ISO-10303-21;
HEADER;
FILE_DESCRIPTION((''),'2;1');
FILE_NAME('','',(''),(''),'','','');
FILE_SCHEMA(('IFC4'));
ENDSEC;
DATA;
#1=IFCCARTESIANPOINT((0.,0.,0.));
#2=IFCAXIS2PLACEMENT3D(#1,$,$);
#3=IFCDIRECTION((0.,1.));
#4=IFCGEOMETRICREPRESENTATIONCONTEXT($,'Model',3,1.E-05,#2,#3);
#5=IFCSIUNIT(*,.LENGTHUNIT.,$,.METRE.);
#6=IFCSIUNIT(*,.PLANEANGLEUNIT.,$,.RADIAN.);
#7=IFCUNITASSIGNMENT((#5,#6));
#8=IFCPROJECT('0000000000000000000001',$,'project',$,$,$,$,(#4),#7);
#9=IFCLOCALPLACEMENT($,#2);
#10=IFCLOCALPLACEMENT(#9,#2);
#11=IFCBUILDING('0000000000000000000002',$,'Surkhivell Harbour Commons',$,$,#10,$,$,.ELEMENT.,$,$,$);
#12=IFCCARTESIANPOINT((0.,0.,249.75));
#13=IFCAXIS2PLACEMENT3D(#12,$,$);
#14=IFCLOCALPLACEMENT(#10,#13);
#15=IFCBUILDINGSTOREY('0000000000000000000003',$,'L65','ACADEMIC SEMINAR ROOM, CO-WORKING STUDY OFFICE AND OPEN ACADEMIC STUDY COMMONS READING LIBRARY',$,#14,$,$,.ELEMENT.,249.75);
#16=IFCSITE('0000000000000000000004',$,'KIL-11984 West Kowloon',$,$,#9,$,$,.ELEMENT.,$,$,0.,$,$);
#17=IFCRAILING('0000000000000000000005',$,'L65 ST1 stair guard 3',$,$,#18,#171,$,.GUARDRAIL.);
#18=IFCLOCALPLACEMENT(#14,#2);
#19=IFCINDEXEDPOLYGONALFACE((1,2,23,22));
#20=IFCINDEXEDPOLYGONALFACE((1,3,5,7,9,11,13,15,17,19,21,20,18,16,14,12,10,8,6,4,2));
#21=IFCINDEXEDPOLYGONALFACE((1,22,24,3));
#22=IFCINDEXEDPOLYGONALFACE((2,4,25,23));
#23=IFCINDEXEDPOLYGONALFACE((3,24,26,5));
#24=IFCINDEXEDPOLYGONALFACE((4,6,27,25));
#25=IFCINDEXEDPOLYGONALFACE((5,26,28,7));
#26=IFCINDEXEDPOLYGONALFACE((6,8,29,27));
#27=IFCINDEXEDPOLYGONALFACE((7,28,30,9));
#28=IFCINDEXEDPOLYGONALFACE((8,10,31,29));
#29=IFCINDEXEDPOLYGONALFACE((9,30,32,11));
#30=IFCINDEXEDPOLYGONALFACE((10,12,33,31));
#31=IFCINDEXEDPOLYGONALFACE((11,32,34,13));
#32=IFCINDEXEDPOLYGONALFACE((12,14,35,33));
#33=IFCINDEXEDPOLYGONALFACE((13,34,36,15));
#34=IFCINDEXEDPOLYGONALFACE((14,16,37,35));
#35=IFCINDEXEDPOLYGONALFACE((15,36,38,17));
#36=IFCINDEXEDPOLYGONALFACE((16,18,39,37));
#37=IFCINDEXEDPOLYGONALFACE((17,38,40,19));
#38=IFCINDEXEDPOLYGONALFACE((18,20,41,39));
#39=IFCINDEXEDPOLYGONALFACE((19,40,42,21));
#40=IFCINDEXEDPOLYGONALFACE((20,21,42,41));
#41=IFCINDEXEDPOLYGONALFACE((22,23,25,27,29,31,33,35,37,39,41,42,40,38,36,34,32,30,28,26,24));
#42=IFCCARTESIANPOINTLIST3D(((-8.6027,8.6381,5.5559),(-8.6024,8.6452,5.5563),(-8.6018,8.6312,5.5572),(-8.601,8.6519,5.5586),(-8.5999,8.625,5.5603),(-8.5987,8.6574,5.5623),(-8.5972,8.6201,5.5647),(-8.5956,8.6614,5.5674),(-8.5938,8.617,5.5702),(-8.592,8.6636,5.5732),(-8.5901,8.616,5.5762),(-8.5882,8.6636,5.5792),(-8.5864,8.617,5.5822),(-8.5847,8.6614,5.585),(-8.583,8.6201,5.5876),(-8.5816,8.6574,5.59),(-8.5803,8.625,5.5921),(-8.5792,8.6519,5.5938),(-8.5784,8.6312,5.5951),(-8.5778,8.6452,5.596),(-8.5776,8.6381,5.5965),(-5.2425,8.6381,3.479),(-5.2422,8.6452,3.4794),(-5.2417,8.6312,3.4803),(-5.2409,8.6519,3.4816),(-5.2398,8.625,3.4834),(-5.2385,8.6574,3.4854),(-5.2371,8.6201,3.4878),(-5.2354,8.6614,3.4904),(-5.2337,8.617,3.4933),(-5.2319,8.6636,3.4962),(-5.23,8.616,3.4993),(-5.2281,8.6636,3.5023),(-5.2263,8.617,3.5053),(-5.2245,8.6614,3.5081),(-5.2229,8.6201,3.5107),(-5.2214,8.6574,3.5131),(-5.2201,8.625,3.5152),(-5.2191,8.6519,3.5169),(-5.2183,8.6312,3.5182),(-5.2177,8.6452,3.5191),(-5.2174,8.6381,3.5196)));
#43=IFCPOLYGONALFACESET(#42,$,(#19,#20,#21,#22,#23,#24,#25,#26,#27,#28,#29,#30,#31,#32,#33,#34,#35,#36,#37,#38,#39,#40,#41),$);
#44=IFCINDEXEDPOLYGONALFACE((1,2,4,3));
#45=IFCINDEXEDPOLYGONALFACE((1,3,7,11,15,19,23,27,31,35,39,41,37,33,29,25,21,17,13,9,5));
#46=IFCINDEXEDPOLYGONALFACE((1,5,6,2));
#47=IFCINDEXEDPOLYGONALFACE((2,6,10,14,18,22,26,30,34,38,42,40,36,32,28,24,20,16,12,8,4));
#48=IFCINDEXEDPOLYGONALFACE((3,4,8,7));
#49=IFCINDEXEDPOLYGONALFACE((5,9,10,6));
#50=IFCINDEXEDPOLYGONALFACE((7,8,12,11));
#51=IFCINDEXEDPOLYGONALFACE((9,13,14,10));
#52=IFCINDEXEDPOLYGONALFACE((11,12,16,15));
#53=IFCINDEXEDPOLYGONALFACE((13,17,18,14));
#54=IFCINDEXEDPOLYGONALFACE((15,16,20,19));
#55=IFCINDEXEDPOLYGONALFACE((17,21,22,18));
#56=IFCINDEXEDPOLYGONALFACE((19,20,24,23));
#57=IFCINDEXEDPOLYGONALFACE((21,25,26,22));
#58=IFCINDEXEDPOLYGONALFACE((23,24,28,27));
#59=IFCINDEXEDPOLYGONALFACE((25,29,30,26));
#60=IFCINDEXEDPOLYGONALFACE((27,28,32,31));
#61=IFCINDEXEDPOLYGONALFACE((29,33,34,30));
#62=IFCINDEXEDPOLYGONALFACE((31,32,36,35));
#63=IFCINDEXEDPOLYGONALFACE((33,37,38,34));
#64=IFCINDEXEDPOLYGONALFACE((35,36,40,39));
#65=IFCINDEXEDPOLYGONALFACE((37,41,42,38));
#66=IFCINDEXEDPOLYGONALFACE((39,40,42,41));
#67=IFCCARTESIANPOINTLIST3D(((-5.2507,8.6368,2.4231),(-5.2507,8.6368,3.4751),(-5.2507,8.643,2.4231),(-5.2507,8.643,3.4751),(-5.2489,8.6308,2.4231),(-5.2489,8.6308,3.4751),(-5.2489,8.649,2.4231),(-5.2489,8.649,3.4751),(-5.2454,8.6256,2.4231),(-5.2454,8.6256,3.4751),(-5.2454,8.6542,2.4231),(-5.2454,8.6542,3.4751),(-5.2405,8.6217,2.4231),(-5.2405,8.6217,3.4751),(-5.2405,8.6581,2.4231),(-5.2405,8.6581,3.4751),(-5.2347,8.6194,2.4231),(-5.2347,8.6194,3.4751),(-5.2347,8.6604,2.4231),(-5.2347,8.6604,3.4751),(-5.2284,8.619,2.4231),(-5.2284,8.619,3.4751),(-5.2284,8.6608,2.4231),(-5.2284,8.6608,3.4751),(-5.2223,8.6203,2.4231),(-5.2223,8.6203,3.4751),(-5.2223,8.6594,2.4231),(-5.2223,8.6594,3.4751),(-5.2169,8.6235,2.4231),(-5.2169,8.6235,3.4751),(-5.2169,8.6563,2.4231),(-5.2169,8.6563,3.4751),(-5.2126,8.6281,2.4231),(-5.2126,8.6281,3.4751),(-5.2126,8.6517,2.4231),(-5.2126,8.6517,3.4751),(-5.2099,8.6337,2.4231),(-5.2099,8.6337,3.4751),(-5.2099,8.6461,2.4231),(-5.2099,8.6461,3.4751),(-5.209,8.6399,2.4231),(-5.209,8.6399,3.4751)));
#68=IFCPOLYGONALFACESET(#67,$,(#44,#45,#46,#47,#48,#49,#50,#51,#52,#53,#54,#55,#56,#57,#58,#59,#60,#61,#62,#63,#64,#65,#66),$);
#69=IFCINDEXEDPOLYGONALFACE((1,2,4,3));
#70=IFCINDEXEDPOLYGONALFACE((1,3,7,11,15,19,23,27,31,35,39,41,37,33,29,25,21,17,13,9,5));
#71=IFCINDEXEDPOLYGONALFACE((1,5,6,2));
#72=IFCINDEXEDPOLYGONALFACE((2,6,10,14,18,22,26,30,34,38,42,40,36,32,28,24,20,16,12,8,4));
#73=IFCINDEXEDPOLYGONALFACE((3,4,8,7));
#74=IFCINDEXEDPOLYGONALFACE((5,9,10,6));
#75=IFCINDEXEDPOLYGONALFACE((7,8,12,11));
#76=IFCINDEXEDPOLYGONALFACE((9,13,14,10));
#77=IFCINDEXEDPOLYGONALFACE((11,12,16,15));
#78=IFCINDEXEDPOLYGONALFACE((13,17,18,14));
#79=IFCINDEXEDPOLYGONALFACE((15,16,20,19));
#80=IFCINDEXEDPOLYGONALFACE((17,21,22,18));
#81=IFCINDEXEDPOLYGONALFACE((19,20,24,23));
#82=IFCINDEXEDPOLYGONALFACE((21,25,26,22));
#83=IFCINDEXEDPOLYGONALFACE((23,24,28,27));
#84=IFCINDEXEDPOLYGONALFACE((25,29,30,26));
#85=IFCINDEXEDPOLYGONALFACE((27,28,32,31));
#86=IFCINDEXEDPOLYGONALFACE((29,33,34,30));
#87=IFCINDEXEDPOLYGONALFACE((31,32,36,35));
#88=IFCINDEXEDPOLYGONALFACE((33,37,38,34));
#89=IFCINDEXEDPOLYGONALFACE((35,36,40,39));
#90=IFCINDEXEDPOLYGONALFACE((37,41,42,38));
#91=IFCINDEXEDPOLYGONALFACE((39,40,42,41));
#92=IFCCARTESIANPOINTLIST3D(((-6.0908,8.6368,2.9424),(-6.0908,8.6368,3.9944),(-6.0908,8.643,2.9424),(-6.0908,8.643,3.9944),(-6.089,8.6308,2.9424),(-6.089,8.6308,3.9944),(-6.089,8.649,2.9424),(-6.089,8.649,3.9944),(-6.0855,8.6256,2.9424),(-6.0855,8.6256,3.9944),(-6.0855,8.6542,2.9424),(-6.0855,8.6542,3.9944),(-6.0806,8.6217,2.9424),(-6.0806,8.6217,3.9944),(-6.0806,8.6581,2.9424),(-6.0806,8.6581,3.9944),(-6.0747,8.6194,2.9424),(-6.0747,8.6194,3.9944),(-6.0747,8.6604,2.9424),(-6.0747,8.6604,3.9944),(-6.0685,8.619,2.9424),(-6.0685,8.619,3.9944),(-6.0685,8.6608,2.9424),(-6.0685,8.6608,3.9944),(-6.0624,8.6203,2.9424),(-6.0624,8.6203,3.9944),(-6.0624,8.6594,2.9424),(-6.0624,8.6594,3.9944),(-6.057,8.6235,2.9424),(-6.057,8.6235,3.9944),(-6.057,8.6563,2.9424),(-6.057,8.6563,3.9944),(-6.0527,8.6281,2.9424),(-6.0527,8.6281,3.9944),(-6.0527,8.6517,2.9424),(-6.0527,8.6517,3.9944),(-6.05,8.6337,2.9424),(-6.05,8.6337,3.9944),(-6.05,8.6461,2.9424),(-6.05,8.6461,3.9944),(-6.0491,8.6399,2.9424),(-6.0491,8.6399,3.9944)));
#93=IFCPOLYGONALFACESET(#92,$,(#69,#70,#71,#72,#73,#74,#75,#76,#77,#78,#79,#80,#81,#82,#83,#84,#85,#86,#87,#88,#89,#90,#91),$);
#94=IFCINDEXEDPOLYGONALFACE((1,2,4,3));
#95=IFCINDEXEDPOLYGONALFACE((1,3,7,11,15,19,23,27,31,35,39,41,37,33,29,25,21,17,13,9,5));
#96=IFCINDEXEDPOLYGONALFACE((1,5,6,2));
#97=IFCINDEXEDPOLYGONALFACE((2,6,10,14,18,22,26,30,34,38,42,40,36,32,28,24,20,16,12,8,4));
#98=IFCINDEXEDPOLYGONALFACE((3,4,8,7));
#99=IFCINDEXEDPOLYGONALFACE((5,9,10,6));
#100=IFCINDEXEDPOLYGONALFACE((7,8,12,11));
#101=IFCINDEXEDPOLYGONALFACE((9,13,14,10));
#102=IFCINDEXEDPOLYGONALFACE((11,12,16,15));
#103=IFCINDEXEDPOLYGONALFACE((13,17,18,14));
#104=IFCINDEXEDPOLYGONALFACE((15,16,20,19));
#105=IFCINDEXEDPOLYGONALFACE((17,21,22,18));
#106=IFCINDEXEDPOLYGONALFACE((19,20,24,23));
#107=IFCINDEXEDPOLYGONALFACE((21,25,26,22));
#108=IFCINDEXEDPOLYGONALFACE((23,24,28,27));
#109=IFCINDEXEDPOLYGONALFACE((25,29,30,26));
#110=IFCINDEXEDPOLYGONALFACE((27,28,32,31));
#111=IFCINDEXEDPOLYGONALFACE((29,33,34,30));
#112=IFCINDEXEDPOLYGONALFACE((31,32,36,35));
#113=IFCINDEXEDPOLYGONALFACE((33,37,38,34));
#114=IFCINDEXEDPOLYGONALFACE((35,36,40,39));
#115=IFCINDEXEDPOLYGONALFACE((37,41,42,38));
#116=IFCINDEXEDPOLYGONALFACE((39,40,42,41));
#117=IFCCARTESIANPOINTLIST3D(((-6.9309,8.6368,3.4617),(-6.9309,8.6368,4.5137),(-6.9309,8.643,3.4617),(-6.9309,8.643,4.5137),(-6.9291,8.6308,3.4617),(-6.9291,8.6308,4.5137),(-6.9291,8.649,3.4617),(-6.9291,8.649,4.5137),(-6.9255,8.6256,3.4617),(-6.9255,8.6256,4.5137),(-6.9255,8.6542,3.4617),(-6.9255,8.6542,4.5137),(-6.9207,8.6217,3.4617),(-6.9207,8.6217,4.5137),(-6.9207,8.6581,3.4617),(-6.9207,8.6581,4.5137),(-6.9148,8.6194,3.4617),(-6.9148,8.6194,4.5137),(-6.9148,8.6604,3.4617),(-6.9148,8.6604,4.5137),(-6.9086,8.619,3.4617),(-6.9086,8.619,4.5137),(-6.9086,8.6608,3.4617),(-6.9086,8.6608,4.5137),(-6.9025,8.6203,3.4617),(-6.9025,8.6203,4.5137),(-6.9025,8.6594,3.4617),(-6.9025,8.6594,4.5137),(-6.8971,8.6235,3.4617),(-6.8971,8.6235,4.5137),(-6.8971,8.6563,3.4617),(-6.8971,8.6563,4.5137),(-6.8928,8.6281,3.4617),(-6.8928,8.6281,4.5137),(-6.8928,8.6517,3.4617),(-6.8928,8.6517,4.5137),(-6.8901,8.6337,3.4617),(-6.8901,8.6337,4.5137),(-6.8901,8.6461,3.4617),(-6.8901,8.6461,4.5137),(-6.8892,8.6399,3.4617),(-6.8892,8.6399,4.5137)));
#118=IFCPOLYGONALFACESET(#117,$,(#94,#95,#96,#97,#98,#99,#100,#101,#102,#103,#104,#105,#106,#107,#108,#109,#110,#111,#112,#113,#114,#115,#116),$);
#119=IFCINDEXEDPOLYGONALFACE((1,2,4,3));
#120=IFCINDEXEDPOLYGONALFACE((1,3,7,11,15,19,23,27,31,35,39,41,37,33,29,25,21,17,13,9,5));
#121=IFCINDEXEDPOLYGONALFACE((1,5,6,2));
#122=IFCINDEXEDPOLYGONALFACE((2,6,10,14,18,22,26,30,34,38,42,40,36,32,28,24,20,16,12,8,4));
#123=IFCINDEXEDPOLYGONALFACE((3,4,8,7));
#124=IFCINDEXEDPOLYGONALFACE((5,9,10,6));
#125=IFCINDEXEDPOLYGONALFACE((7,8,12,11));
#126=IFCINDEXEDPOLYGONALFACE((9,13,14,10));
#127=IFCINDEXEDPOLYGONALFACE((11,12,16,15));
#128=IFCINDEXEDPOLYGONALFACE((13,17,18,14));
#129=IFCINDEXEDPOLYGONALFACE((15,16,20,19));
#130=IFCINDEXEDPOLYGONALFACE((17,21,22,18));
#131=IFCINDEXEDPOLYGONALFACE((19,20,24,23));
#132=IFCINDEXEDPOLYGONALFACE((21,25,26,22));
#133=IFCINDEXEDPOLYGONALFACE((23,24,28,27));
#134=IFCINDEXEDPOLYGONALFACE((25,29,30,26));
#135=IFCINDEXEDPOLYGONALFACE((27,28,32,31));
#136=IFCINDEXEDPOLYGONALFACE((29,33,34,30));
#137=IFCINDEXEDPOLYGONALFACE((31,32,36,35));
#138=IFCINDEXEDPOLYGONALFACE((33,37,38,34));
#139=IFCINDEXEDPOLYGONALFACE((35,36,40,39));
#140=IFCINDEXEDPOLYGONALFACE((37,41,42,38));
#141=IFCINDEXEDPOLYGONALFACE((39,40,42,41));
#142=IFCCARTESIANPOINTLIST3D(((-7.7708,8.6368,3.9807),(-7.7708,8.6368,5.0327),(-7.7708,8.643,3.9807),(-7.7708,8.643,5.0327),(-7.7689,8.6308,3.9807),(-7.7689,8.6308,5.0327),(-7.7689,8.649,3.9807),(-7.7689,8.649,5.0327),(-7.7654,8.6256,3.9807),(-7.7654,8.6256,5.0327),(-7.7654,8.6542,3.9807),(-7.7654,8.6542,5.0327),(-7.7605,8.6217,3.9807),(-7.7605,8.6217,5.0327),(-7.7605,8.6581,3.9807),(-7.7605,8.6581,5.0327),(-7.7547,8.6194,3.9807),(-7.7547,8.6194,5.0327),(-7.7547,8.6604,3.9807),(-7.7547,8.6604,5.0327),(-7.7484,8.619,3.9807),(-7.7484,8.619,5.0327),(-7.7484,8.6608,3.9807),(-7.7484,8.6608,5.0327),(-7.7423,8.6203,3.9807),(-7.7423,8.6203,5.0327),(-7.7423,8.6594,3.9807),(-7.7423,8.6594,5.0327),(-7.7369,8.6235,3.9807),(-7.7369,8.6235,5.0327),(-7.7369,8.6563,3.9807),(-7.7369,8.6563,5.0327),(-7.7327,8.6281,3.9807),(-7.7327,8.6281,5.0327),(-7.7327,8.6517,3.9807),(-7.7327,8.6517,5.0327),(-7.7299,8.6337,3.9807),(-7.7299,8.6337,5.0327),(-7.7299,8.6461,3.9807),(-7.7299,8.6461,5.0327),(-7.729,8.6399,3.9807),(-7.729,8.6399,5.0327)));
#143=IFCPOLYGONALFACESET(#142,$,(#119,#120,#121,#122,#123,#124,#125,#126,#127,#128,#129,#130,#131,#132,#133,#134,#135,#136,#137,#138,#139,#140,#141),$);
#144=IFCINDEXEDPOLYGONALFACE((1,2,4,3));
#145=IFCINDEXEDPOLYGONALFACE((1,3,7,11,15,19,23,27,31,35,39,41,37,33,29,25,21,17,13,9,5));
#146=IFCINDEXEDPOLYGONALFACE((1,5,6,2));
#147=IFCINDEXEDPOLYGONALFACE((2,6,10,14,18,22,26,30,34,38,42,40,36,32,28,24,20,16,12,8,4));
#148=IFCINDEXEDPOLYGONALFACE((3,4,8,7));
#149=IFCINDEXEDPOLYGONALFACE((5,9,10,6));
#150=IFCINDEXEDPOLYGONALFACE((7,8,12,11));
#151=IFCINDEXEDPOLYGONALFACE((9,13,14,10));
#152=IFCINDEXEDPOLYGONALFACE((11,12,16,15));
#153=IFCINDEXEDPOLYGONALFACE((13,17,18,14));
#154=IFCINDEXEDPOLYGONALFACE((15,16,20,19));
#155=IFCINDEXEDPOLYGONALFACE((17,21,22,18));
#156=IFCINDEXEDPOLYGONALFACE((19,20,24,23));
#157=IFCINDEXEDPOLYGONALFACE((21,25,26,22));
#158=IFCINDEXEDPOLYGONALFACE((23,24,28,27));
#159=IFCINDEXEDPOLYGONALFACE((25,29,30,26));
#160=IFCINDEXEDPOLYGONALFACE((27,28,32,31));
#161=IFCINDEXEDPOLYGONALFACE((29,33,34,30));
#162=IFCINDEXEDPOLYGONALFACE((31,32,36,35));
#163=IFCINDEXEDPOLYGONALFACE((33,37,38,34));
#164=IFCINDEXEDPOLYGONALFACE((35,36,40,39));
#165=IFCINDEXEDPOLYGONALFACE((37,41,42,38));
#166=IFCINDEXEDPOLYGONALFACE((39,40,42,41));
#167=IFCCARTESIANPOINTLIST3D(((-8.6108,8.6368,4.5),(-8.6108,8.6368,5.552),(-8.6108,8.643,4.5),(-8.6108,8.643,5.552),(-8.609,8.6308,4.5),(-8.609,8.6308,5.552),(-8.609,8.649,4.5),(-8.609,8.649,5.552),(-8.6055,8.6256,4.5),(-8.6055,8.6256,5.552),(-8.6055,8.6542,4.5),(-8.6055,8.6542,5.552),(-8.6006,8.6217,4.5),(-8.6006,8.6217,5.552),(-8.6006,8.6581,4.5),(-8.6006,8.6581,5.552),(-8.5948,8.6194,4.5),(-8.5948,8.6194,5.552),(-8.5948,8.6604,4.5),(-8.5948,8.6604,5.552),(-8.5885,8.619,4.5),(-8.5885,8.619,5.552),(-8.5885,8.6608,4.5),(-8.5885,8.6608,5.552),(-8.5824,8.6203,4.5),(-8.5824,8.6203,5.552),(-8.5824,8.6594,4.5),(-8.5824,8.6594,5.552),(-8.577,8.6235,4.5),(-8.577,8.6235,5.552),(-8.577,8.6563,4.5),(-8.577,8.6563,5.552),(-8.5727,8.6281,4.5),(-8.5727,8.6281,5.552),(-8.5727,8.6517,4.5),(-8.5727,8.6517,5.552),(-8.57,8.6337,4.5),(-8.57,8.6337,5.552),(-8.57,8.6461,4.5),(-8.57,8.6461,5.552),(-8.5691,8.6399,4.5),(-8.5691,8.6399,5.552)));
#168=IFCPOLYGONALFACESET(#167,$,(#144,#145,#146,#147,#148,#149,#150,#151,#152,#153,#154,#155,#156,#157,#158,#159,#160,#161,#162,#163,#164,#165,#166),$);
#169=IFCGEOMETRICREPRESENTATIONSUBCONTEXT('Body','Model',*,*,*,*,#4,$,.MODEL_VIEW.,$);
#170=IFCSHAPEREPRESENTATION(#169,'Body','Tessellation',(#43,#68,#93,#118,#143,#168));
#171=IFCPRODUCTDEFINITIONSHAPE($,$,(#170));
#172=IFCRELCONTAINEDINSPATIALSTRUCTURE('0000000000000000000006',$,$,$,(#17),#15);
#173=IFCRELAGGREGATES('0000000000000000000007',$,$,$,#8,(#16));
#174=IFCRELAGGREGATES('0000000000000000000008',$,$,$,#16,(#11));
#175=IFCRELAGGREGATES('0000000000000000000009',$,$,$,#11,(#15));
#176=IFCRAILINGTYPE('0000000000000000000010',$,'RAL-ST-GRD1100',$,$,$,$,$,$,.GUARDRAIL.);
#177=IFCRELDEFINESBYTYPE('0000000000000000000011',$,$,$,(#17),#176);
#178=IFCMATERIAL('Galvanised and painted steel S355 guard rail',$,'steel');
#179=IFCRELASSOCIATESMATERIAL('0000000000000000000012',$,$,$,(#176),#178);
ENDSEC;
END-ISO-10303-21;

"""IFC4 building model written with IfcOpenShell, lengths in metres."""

from ifc_helpers import new_model, si_unit, direction, frame, origin, origin_2d, place, context, subcontext, project, spatial, circle, extrude, material, type_object, element, save


model = new_model("IFC4")

# Units and contexts
model_context = context("Model", 3, precision=1e-05, world=origin(), true_north=direction((0.0, 1.0)))
body_context = subcontext(model_context, "Body", "Model", "MODEL_VIEW")
ifc_project = project(units=[si_unit("LENGTHUNIT", "METRE"), si_unit("PLANEANGLEUNIT", "RADIAN")], contexts=[model_context])

# Site, building, storey
site_placement = place(None, origin())
site = spatial("IfcSite", under=ifc_project, at=site_placement, Name="KIL-11984 West Kowloon", CompositionType="ELEMENT", RefElevation=0.0)
building_placement = place(site_placement, origin())
building = spatial("IfcBuilding", under=site, at=building_placement, Name="Surkhivell Harbour Commons", CompositionType="ELEMENT")
storey_placement = place(building_placement, frame((0.0, 0.0, 249.75)))
storey = spatial("IfcBuildingStorey", under=building, at=storey_placement, Name="L65", Description="ACADEMIC SEMINAR ROOM, CO-WORKING STUDY OFFICE AND OPEN ACADEMIC STUDY COMMONS READING LIBRARY", CompositionType="ELEMENT", Elevation=249.75)

# Railing
ifc_material_1 = material(Name="Galvanised and painted steel S355 guard rail", Category="steel")
railing_type_1 = type_object("IfcRailingType", Name="RAL-ST-GRD1100", PredefinedType="GUARDRAIL", material=ifc_material_1)
railing_1_placement = place(storey_placement, frame((-5.23, 8.6399, 2.4231)))
element("IfcRailing", 1, at=railing_1_placement, inside=storey, type_object=railing_type_1, Name="L65 ST1 stair guard 3", PredefinedType="GUARDRAIL", context=body_context, shape_type="SweptSolid", body=[
    extrude(circle(Radius=0.0239, at=origin_2d()), frame((0.0, 0.0, 1.0762), z_axis=(-0.850623, 0.0, 0.525776), x_axis=(0.0, -1.0, 0.0)), (0.0, 0.0, 1.0), 3.9502),
    extrude(circle(Radius=0.021, at=origin_2d()), origin(), (0.0, 0.0, 1.0), 1.052),
    extrude(circle(Radius=0.021, at=origin_2d()), frame((-0.8401, 0.0, 0.5193)), (0.0, 0.0, 1.0), 1.052),
    extrude(circle(Radius=0.021, at=origin_2d()), frame((-1.6802, 0.0, 1.0386)), (0.0, 0.0, 1.0), 1.052),
    extrude(circle(Radius=0.021, at=origin_2d()), frame((-2.52, 0.0, 1.5576)), (0.0, 0.0, 1.0), 1.052),
    extrude(circle(Radius=0.021, at=origin_2d()), frame((-3.3601, 0.0, 2.0769)), (0.0, 0.0, 1.0), 1.052),
])

save(model, "model.ifc")
